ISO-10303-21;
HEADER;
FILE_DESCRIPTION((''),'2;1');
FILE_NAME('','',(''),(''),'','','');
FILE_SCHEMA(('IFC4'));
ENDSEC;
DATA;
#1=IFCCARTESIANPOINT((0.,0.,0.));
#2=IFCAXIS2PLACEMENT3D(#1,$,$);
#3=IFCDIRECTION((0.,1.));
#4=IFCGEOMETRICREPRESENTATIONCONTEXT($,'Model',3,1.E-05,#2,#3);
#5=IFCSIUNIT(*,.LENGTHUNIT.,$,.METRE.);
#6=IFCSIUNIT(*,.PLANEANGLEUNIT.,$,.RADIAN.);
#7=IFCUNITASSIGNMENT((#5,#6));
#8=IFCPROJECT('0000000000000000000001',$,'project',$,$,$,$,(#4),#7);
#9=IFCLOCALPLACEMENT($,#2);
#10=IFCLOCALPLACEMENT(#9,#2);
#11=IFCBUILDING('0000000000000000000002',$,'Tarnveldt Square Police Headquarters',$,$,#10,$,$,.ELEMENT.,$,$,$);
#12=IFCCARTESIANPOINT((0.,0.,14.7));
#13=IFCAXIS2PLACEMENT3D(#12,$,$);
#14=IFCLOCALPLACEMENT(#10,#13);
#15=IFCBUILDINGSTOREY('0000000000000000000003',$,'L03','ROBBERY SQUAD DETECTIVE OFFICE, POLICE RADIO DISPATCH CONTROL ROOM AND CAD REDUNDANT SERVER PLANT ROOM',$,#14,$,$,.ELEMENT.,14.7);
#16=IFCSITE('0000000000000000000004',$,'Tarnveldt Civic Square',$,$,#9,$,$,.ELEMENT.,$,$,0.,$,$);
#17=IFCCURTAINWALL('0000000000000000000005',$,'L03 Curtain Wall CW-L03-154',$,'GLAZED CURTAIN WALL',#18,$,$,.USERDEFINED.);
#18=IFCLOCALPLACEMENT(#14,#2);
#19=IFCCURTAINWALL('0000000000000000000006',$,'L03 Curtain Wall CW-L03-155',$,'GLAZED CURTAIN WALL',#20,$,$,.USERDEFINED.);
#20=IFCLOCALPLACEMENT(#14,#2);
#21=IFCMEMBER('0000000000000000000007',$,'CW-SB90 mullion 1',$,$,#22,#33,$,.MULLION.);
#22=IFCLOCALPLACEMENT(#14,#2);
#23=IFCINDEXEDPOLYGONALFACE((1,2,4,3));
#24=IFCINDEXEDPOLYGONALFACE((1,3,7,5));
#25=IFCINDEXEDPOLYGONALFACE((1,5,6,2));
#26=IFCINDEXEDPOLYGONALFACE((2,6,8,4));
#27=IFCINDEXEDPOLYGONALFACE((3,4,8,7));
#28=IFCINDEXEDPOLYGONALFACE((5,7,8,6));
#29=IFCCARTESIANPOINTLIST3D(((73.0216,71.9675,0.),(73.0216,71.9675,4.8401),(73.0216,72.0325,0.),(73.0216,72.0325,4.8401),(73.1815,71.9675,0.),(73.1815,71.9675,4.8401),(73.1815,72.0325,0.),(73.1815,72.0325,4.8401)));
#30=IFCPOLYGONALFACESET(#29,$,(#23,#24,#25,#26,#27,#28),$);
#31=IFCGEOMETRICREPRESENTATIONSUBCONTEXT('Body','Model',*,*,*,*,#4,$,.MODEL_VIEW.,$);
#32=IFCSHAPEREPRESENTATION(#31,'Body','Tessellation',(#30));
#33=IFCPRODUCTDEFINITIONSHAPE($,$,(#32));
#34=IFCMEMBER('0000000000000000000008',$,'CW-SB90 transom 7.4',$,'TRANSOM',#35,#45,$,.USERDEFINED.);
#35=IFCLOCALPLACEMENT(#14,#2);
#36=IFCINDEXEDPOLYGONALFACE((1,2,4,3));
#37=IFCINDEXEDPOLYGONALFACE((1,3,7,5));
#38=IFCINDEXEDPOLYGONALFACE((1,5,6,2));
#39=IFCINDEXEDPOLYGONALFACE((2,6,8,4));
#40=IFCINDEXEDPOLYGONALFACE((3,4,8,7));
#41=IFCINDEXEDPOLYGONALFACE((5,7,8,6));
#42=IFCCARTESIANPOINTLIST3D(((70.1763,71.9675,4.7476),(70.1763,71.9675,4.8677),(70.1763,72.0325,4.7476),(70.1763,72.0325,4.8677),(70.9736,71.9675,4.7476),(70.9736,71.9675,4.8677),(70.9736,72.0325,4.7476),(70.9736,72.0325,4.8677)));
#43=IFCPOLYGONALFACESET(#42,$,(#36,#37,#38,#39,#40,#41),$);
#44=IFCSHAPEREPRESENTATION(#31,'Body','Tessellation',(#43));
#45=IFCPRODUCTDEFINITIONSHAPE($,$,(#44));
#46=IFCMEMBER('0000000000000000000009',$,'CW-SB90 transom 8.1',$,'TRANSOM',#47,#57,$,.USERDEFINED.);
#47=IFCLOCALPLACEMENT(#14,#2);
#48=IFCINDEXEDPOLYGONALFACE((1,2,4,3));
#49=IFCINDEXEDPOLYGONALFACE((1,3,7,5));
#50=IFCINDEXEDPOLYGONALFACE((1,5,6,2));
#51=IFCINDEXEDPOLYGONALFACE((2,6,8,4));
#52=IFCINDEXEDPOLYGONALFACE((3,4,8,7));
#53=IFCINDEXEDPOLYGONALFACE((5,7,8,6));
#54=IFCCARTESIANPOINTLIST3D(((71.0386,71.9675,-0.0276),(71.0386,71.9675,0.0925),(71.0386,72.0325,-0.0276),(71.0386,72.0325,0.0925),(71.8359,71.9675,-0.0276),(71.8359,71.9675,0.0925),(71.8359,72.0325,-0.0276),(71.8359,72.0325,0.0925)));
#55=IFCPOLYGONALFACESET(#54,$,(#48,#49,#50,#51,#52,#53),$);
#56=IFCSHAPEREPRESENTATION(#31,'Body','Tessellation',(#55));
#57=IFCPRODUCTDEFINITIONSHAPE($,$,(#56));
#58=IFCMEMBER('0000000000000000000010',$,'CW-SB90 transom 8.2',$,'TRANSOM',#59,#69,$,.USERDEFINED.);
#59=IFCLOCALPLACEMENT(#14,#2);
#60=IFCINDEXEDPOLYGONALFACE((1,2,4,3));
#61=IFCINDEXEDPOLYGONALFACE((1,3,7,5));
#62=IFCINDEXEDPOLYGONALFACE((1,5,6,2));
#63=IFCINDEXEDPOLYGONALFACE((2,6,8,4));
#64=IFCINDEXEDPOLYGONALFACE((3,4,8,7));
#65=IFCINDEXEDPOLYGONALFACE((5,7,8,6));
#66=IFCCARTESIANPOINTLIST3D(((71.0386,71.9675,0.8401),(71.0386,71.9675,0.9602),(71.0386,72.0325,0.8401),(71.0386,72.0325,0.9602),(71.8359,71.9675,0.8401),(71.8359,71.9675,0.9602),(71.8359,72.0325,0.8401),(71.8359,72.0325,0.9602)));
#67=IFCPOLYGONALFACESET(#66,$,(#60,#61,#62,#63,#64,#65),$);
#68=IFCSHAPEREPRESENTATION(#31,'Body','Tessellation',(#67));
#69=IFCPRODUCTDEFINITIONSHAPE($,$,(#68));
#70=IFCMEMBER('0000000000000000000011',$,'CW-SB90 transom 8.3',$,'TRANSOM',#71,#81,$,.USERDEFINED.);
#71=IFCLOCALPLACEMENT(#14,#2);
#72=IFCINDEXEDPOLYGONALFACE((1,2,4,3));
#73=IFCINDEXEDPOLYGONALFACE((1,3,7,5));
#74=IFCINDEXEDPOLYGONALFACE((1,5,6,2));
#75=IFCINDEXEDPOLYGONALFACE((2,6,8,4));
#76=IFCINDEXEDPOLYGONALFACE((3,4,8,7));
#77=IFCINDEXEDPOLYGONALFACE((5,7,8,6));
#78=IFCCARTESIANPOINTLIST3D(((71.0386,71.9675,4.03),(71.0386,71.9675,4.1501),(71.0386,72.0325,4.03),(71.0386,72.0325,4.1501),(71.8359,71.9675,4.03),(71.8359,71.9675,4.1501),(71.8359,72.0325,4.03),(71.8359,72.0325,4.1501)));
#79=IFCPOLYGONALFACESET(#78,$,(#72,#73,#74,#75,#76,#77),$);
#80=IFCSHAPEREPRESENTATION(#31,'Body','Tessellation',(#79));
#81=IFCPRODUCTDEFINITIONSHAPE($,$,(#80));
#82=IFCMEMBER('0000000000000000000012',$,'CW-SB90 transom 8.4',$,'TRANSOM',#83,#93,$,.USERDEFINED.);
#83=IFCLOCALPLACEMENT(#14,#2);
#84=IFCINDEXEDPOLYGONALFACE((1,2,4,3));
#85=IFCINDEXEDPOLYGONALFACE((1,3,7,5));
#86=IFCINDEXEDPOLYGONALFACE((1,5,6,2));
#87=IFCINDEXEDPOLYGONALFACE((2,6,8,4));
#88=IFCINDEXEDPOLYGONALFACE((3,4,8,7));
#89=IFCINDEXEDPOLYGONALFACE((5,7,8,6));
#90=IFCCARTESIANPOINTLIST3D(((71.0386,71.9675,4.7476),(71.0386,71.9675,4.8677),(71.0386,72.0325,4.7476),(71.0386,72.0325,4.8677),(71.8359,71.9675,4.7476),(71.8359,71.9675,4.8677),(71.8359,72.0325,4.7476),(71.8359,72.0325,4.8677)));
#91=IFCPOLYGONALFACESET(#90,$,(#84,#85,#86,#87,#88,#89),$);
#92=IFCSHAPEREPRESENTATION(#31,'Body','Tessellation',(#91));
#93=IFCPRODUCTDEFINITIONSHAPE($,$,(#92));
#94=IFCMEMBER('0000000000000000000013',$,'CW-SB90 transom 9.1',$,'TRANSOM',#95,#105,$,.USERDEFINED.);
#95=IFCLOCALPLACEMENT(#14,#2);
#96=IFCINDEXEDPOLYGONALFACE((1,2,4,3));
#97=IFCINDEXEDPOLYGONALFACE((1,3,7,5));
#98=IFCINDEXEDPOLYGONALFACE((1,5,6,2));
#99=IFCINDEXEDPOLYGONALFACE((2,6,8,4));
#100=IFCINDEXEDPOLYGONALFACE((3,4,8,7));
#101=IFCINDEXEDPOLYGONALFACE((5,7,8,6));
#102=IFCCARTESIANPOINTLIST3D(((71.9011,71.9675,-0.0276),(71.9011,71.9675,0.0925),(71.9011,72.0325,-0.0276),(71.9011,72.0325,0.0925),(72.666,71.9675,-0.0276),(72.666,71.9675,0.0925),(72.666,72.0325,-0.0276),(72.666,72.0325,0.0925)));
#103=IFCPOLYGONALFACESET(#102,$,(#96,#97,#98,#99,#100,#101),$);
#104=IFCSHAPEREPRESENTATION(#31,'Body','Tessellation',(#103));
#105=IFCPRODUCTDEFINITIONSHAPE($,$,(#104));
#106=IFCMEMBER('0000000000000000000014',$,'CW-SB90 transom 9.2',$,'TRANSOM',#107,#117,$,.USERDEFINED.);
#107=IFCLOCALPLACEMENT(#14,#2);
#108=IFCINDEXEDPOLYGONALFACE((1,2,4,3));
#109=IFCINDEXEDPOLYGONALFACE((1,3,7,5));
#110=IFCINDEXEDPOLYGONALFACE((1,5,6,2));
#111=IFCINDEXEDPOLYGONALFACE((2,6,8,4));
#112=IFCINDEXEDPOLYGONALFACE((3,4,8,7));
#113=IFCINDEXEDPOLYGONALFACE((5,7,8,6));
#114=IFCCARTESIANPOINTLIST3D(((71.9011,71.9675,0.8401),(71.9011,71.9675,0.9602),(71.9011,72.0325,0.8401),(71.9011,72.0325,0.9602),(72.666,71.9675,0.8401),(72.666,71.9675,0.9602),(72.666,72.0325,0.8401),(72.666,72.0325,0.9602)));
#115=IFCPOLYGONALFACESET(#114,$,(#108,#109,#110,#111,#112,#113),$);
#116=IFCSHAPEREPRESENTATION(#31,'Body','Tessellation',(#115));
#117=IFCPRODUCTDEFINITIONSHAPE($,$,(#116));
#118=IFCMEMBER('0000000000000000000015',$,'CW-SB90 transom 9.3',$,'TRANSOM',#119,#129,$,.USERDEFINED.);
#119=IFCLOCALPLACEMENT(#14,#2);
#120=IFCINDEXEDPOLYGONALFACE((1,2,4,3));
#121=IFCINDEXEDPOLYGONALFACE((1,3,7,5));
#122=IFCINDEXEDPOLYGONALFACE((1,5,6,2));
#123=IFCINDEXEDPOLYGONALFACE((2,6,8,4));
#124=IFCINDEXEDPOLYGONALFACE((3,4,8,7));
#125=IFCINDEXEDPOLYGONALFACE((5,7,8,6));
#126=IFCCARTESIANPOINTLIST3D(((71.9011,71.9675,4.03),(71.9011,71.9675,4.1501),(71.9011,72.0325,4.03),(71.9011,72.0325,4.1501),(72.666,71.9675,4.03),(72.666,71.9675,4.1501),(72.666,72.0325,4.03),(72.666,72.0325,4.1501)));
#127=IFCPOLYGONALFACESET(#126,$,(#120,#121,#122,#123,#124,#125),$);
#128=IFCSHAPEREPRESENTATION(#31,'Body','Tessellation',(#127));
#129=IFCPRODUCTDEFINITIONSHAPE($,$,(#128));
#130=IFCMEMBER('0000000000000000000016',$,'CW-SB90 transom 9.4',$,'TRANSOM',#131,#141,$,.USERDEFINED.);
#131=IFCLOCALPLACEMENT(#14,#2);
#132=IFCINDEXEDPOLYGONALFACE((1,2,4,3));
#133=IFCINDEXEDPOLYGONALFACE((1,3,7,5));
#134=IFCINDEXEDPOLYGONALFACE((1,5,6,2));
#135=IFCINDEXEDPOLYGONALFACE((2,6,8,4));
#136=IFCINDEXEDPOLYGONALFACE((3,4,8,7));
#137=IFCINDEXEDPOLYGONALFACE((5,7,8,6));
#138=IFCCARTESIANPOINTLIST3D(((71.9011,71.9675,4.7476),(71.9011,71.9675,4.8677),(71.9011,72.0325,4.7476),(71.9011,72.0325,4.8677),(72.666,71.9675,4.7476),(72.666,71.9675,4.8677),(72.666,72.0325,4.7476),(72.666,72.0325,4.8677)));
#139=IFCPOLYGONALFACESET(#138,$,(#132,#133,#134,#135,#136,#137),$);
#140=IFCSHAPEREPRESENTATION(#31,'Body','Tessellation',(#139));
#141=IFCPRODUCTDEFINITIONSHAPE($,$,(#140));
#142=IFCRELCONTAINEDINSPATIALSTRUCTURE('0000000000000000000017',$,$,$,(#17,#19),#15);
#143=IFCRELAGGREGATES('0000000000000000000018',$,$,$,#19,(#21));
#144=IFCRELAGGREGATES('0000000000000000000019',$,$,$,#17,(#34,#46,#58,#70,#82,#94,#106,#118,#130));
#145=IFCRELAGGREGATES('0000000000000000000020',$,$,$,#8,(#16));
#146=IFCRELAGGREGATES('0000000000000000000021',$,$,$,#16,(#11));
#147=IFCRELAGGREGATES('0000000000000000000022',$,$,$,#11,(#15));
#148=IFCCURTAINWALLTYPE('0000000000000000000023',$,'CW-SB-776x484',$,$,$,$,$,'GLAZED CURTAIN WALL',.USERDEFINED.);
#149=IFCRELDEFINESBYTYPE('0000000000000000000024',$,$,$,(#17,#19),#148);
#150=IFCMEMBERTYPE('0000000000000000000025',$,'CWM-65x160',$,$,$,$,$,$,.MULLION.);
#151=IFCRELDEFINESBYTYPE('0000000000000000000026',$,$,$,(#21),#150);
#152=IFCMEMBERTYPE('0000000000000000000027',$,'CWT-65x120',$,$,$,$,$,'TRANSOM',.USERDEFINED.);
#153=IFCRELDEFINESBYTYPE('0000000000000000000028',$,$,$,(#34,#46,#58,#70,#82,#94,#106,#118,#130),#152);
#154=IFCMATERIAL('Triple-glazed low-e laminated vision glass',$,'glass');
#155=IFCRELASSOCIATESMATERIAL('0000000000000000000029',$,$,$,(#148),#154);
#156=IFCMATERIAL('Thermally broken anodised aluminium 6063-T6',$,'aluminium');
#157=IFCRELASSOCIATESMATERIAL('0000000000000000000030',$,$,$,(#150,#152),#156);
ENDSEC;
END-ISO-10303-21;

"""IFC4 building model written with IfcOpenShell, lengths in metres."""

from ifc_helpers import new_model, si_unit, direction, frame, origin, origin_2d, place, context, subcontext, project, spatial, rectangle, extrude, material, material_profile, profile_set, type_object, element, aggregate, save


model = new_model("IFC4")

# Units and contexts
model_context = context("Model", 3, precision=1e-05, world=origin(), true_north=direction((0.0, 1.0)))
body_context = subcontext(model_context, "Body", "Model", "MODEL_VIEW")
ifc_project = project(units=[si_unit("LENGTHUNIT", "METRE"), si_unit("PLANEANGLEUNIT", "RADIAN")], contexts=[model_context])

# Site, building, storey
site_placement = place(None, origin())
site = spatial("IfcSite", under=ifc_project, at=site_placement, Name="Tarnveldt Civic Square", CompositionType="ELEMENT", RefElevation=0.0)
building_placement = place(site_placement, origin())
building = spatial("IfcBuilding", under=site, at=building_placement, Name="Tarnveldt Square Police Headquarters", CompositionType="ELEMENT")
storey_placement = place(building_placement, frame((0.0, 0.0, 14.7)))
storey = spatial("IfcBuildingStorey", under=building, at=storey_placement, Name="L03", Description="ROBBERY SQUAD DETECTIVE OFFICE, POLICE RADIO DISPATCH CONTROL ROOM AND CAD REDUNDANT SERVER PLANT ROOM", CompositionType="ELEMENT", Elevation=14.7)

# Curtain wall
ifc_material_1 = material(Name="Triple-glazed low-e laminated vision glass", Category="glass")
curtain_wall_type = type_object("IfcCurtainWallType", Name="CW-SB-776x484", ElementType="GLAZED CURTAIN WALL", PredefinedType="USERDEFINED", material=ifc_material_1)
curtain_wall_1_placement = place(storey_placement, origin())
curtain_wall_1 = element("IfcCurtainWall", 1, at=curtain_wall_1_placement, inside=storey, type_object=curtain_wall_type, Name="L03 Curtain Wall CW-L03-154", ObjectType="GLAZED CURTAIN WALL", PredefinedType="USERDEFINED")
ifc_material_2 = material(Name="Thermally broken anodised aluminium 6063-T6", Category="aluminium")
ifc_material_profile_1 = material_profile(ifc_material_2, rectangle(XDim=0.0649, YDim=0.1599, at=origin_2d()), Name="CW-M65x160")
ifc_profile_set_1 = profile_set([ifc_material_profile_1], Name="Thermally broken anodised aluminium 6063-T6")
member_type_1 = type_object("IfcMemberType", Name="CWM-65x160", PredefinedType="MULLION", material=ifc_profile_set_1)

# Curtain wall, member
curtain_wall_2_placement = place(storey_placement, origin())
curtain_wall_2 = element("IfcCurtainWall", 2, at=curtain_wall_2_placement, inside=storey, type_object=curtain_wall_type, Name="L03 Curtain Wall CW-L03-155", ObjectType="GLAZED CURTAIN WALL", PredefinedType="USERDEFINED")
member_1_placement = place(storey_placement, frame((73.1016, 72.0, 0.0), z_axis=(0.0, 0.0, 1.0), x_axis=(0.0, 1.0, 0.0)))
member_1 = element("IfcMember", 3, at=member_1_placement, type_object=member_type_1, Name="CW-SB90 mullion 1", PredefinedType="MULLION", context=body_context, shape_type="SweptSolid", body=[
    extrude(rectangle(XDim=0.0649, YDim=0.1599, at=origin_2d()), origin(), (0.0, 0.0, 1.0), 4.8401),
])
aggregate(curtain_wall_2, [member_1])

# Members
ifc_material_profile_2 = material_profile(ifc_material_2, rectangle(XDim=0.0649, YDim=0.1201, at=origin_2d()), Name="CW-T65x120")
ifc_profile_set_2 = profile_set([ifc_material_profile_2], Name="Thermally broken anodised aluminium 6063-T6")
member_type_2 = type_object("IfcMemberType", Name="CWT-65x120", ElementType="TRANSOM", PredefinedType="USERDEFINED", material=ifc_profile_set_2)
member_2_placement = place(storey_placement, frame((70.1763, 72.0, 4.8076), z_axis=(1.0, 0.0, 0.0), x_axis=(0.0, 1.0, 0.0)))
member_2 = element("IfcMember", 4, at=member_2_placement, type_object=member_type_2, Name="CW-SB90 transom 7.4", ObjectType="TRANSOM", PredefinedType="USERDEFINED", context=body_context, shape_type="SweptSolid", body=[
    extrude(rectangle(XDim=0.0649, YDim=0.1201, at=origin_2d()), origin(), (0.0, 0.0, 1.0), 0.7974),
])
member_3_placement = place(storey_placement, frame((71.0386, 72.0, 0.0325), z_axis=(1.0, 0.0, 0.0), x_axis=(0.0, 1.0, 0.0)))
member_3 = element("IfcMember", 5, at=member_3_placement, type_object=member_type_2, Name="CW-SB90 transom 8.1", ObjectType="TRANSOM", PredefinedType="USERDEFINED", context=body_context, shape_type="SweptSolid", body=[
    extrude(rectangle(XDim=0.0649, YDim=0.1201, at=origin_2d()), origin(), (0.0, 0.0, 1.0), 0.7974),
])
member_4_placement = place(storey_placement, frame((71.0386, 72.0, 0.9001), z_axis=(1.0, 0.0, 0.0), x_axis=(0.0, 1.0, 0.0)))
member_4 = element("IfcMember", 6, at=member_4_placement, type_object=member_type_2, Name="CW-SB90 transom 8.2", ObjectType="TRANSOM", PredefinedType="USERDEFINED", context=body_context, shape_type="SweptSolid", body=[
    extrude(rectangle(XDim=0.0649, YDim=0.1201, at=origin_2d()), origin(), (0.0, 0.0, 1.0), 0.7974),
])
member_5_placement = place(storey_placement, frame((71.0386, 72.0, 4.0901), z_axis=(1.0, 0.0, 0.0), x_axis=(0.0, 1.0, 0.0)))
member_5 = element("IfcMember", 7, at=member_5_placement, type_object=member_type_2, Name="CW-SB90 transom 8.3", ObjectType="TRANSOM", PredefinedType="USERDEFINED", context=body_context, shape_type="SweptSolid", body=[
    extrude(rectangle(XDim=0.0649, YDim=0.1201, at=origin_2d()), origin(), (0.0, 0.0, 1.0), 0.7974),
])
member_6_placement = place(storey_placement, frame((71.0386, 72.0, 4.8076), z_axis=(1.0, 0.0, 0.0), x_axis=(0.0, 1.0, 0.0)))
member_6 = element("IfcMember", 8, at=member_6_placement, type_object=member_type_2, Name="CW-SB90 transom 8.4", ObjectType="TRANSOM", PredefinedType="USERDEFINED", context=body_context, shape_type="SweptSolid", body=[
    extrude(rectangle(XDim=0.0649, YDim=0.1201, at=origin_2d()), origin(), (0.0, 0.0, 1.0), 0.7974),
])
member_7_placement = place(storey_placement, frame((71.9011, 72.0, 0.0325), z_axis=(1.0, 0.0, 0.0), x_axis=(0.0, 1.0, 0.0)))
member_7 = element("IfcMember", 9, at=member_7_placement, type_object=member_type_2, Name="CW-SB90 transom 9.1", ObjectType="TRANSOM", PredefinedType="USERDEFINED", context=body_context, shape_type="SweptSolid", body=[
    extrude(rectangle(XDim=0.0649, YDim=0.1201, at=origin_2d()), origin(), (0.0, 0.0, 1.0), 0.7649),
])
member_8_placement = place(storey_placement, frame((71.9011, 72.0, 0.9001), z_axis=(1.0, 0.0, 0.0), x_axis=(0.0, 1.0, 0.0)))
member_8 = element("IfcMember", 10, at=member_8_placement, type_object=member_type_2, Name="CW-SB90 transom 9.2", ObjectType="TRANSOM", PredefinedType="USERDEFINED", context=body_context, shape_type="SweptSolid", body=[
    extrude(rectangle(XDim=0.0649, YDim=0.1201, at=origin_2d()), origin(), (0.0, 0.0, 1.0), 0.7649),
])
member_9_placement = place(storey_placement, frame((71.9011, 72.0, 4.0901), z_axis=(1.0, 0.0, 0.0), x_axis=(0.0, 1.0, 0.0)))
member_9 = element("IfcMember", 11, at=member_9_placement, type_object=member_type_2, Name="CW-SB90 transom 9.3", ObjectType="TRANSOM", PredefinedType="USERDEFINED", context=body_context, shape_type="SweptSolid", body=[
    extrude(rectangle(XDim=0.0649, YDim=0.1201, at=origin_2d()), origin(), (0.0, 0.0, 1.0), 0.7649),
])
member_10_placement = place(storey_placement, frame((71.9011, 72.0, 4.8076), z_axis=(1.0, 0.0, 0.0), x_axis=(0.0, 1.0, 0.0)))
member_10 = element("IfcMember", 12, at=member_10_placement, type_object=member_type_2, Name="CW-SB90 transom 9.4", ObjectType="TRANSOM", PredefinedType="USERDEFINED", context=body_context, shape_type="SweptSolid", body=[
    extrude(rectangle(XDim=0.0649, YDim=0.1201, at=origin_2d()), origin(), (0.0, 0.0, 1.0), 0.7649),
])

aggregate(curtain_wall_1, [member_2, member_3, member_4, member_5, member_6, member_7, member_8, member_9, member_10])

save(model, "model.ifc")
